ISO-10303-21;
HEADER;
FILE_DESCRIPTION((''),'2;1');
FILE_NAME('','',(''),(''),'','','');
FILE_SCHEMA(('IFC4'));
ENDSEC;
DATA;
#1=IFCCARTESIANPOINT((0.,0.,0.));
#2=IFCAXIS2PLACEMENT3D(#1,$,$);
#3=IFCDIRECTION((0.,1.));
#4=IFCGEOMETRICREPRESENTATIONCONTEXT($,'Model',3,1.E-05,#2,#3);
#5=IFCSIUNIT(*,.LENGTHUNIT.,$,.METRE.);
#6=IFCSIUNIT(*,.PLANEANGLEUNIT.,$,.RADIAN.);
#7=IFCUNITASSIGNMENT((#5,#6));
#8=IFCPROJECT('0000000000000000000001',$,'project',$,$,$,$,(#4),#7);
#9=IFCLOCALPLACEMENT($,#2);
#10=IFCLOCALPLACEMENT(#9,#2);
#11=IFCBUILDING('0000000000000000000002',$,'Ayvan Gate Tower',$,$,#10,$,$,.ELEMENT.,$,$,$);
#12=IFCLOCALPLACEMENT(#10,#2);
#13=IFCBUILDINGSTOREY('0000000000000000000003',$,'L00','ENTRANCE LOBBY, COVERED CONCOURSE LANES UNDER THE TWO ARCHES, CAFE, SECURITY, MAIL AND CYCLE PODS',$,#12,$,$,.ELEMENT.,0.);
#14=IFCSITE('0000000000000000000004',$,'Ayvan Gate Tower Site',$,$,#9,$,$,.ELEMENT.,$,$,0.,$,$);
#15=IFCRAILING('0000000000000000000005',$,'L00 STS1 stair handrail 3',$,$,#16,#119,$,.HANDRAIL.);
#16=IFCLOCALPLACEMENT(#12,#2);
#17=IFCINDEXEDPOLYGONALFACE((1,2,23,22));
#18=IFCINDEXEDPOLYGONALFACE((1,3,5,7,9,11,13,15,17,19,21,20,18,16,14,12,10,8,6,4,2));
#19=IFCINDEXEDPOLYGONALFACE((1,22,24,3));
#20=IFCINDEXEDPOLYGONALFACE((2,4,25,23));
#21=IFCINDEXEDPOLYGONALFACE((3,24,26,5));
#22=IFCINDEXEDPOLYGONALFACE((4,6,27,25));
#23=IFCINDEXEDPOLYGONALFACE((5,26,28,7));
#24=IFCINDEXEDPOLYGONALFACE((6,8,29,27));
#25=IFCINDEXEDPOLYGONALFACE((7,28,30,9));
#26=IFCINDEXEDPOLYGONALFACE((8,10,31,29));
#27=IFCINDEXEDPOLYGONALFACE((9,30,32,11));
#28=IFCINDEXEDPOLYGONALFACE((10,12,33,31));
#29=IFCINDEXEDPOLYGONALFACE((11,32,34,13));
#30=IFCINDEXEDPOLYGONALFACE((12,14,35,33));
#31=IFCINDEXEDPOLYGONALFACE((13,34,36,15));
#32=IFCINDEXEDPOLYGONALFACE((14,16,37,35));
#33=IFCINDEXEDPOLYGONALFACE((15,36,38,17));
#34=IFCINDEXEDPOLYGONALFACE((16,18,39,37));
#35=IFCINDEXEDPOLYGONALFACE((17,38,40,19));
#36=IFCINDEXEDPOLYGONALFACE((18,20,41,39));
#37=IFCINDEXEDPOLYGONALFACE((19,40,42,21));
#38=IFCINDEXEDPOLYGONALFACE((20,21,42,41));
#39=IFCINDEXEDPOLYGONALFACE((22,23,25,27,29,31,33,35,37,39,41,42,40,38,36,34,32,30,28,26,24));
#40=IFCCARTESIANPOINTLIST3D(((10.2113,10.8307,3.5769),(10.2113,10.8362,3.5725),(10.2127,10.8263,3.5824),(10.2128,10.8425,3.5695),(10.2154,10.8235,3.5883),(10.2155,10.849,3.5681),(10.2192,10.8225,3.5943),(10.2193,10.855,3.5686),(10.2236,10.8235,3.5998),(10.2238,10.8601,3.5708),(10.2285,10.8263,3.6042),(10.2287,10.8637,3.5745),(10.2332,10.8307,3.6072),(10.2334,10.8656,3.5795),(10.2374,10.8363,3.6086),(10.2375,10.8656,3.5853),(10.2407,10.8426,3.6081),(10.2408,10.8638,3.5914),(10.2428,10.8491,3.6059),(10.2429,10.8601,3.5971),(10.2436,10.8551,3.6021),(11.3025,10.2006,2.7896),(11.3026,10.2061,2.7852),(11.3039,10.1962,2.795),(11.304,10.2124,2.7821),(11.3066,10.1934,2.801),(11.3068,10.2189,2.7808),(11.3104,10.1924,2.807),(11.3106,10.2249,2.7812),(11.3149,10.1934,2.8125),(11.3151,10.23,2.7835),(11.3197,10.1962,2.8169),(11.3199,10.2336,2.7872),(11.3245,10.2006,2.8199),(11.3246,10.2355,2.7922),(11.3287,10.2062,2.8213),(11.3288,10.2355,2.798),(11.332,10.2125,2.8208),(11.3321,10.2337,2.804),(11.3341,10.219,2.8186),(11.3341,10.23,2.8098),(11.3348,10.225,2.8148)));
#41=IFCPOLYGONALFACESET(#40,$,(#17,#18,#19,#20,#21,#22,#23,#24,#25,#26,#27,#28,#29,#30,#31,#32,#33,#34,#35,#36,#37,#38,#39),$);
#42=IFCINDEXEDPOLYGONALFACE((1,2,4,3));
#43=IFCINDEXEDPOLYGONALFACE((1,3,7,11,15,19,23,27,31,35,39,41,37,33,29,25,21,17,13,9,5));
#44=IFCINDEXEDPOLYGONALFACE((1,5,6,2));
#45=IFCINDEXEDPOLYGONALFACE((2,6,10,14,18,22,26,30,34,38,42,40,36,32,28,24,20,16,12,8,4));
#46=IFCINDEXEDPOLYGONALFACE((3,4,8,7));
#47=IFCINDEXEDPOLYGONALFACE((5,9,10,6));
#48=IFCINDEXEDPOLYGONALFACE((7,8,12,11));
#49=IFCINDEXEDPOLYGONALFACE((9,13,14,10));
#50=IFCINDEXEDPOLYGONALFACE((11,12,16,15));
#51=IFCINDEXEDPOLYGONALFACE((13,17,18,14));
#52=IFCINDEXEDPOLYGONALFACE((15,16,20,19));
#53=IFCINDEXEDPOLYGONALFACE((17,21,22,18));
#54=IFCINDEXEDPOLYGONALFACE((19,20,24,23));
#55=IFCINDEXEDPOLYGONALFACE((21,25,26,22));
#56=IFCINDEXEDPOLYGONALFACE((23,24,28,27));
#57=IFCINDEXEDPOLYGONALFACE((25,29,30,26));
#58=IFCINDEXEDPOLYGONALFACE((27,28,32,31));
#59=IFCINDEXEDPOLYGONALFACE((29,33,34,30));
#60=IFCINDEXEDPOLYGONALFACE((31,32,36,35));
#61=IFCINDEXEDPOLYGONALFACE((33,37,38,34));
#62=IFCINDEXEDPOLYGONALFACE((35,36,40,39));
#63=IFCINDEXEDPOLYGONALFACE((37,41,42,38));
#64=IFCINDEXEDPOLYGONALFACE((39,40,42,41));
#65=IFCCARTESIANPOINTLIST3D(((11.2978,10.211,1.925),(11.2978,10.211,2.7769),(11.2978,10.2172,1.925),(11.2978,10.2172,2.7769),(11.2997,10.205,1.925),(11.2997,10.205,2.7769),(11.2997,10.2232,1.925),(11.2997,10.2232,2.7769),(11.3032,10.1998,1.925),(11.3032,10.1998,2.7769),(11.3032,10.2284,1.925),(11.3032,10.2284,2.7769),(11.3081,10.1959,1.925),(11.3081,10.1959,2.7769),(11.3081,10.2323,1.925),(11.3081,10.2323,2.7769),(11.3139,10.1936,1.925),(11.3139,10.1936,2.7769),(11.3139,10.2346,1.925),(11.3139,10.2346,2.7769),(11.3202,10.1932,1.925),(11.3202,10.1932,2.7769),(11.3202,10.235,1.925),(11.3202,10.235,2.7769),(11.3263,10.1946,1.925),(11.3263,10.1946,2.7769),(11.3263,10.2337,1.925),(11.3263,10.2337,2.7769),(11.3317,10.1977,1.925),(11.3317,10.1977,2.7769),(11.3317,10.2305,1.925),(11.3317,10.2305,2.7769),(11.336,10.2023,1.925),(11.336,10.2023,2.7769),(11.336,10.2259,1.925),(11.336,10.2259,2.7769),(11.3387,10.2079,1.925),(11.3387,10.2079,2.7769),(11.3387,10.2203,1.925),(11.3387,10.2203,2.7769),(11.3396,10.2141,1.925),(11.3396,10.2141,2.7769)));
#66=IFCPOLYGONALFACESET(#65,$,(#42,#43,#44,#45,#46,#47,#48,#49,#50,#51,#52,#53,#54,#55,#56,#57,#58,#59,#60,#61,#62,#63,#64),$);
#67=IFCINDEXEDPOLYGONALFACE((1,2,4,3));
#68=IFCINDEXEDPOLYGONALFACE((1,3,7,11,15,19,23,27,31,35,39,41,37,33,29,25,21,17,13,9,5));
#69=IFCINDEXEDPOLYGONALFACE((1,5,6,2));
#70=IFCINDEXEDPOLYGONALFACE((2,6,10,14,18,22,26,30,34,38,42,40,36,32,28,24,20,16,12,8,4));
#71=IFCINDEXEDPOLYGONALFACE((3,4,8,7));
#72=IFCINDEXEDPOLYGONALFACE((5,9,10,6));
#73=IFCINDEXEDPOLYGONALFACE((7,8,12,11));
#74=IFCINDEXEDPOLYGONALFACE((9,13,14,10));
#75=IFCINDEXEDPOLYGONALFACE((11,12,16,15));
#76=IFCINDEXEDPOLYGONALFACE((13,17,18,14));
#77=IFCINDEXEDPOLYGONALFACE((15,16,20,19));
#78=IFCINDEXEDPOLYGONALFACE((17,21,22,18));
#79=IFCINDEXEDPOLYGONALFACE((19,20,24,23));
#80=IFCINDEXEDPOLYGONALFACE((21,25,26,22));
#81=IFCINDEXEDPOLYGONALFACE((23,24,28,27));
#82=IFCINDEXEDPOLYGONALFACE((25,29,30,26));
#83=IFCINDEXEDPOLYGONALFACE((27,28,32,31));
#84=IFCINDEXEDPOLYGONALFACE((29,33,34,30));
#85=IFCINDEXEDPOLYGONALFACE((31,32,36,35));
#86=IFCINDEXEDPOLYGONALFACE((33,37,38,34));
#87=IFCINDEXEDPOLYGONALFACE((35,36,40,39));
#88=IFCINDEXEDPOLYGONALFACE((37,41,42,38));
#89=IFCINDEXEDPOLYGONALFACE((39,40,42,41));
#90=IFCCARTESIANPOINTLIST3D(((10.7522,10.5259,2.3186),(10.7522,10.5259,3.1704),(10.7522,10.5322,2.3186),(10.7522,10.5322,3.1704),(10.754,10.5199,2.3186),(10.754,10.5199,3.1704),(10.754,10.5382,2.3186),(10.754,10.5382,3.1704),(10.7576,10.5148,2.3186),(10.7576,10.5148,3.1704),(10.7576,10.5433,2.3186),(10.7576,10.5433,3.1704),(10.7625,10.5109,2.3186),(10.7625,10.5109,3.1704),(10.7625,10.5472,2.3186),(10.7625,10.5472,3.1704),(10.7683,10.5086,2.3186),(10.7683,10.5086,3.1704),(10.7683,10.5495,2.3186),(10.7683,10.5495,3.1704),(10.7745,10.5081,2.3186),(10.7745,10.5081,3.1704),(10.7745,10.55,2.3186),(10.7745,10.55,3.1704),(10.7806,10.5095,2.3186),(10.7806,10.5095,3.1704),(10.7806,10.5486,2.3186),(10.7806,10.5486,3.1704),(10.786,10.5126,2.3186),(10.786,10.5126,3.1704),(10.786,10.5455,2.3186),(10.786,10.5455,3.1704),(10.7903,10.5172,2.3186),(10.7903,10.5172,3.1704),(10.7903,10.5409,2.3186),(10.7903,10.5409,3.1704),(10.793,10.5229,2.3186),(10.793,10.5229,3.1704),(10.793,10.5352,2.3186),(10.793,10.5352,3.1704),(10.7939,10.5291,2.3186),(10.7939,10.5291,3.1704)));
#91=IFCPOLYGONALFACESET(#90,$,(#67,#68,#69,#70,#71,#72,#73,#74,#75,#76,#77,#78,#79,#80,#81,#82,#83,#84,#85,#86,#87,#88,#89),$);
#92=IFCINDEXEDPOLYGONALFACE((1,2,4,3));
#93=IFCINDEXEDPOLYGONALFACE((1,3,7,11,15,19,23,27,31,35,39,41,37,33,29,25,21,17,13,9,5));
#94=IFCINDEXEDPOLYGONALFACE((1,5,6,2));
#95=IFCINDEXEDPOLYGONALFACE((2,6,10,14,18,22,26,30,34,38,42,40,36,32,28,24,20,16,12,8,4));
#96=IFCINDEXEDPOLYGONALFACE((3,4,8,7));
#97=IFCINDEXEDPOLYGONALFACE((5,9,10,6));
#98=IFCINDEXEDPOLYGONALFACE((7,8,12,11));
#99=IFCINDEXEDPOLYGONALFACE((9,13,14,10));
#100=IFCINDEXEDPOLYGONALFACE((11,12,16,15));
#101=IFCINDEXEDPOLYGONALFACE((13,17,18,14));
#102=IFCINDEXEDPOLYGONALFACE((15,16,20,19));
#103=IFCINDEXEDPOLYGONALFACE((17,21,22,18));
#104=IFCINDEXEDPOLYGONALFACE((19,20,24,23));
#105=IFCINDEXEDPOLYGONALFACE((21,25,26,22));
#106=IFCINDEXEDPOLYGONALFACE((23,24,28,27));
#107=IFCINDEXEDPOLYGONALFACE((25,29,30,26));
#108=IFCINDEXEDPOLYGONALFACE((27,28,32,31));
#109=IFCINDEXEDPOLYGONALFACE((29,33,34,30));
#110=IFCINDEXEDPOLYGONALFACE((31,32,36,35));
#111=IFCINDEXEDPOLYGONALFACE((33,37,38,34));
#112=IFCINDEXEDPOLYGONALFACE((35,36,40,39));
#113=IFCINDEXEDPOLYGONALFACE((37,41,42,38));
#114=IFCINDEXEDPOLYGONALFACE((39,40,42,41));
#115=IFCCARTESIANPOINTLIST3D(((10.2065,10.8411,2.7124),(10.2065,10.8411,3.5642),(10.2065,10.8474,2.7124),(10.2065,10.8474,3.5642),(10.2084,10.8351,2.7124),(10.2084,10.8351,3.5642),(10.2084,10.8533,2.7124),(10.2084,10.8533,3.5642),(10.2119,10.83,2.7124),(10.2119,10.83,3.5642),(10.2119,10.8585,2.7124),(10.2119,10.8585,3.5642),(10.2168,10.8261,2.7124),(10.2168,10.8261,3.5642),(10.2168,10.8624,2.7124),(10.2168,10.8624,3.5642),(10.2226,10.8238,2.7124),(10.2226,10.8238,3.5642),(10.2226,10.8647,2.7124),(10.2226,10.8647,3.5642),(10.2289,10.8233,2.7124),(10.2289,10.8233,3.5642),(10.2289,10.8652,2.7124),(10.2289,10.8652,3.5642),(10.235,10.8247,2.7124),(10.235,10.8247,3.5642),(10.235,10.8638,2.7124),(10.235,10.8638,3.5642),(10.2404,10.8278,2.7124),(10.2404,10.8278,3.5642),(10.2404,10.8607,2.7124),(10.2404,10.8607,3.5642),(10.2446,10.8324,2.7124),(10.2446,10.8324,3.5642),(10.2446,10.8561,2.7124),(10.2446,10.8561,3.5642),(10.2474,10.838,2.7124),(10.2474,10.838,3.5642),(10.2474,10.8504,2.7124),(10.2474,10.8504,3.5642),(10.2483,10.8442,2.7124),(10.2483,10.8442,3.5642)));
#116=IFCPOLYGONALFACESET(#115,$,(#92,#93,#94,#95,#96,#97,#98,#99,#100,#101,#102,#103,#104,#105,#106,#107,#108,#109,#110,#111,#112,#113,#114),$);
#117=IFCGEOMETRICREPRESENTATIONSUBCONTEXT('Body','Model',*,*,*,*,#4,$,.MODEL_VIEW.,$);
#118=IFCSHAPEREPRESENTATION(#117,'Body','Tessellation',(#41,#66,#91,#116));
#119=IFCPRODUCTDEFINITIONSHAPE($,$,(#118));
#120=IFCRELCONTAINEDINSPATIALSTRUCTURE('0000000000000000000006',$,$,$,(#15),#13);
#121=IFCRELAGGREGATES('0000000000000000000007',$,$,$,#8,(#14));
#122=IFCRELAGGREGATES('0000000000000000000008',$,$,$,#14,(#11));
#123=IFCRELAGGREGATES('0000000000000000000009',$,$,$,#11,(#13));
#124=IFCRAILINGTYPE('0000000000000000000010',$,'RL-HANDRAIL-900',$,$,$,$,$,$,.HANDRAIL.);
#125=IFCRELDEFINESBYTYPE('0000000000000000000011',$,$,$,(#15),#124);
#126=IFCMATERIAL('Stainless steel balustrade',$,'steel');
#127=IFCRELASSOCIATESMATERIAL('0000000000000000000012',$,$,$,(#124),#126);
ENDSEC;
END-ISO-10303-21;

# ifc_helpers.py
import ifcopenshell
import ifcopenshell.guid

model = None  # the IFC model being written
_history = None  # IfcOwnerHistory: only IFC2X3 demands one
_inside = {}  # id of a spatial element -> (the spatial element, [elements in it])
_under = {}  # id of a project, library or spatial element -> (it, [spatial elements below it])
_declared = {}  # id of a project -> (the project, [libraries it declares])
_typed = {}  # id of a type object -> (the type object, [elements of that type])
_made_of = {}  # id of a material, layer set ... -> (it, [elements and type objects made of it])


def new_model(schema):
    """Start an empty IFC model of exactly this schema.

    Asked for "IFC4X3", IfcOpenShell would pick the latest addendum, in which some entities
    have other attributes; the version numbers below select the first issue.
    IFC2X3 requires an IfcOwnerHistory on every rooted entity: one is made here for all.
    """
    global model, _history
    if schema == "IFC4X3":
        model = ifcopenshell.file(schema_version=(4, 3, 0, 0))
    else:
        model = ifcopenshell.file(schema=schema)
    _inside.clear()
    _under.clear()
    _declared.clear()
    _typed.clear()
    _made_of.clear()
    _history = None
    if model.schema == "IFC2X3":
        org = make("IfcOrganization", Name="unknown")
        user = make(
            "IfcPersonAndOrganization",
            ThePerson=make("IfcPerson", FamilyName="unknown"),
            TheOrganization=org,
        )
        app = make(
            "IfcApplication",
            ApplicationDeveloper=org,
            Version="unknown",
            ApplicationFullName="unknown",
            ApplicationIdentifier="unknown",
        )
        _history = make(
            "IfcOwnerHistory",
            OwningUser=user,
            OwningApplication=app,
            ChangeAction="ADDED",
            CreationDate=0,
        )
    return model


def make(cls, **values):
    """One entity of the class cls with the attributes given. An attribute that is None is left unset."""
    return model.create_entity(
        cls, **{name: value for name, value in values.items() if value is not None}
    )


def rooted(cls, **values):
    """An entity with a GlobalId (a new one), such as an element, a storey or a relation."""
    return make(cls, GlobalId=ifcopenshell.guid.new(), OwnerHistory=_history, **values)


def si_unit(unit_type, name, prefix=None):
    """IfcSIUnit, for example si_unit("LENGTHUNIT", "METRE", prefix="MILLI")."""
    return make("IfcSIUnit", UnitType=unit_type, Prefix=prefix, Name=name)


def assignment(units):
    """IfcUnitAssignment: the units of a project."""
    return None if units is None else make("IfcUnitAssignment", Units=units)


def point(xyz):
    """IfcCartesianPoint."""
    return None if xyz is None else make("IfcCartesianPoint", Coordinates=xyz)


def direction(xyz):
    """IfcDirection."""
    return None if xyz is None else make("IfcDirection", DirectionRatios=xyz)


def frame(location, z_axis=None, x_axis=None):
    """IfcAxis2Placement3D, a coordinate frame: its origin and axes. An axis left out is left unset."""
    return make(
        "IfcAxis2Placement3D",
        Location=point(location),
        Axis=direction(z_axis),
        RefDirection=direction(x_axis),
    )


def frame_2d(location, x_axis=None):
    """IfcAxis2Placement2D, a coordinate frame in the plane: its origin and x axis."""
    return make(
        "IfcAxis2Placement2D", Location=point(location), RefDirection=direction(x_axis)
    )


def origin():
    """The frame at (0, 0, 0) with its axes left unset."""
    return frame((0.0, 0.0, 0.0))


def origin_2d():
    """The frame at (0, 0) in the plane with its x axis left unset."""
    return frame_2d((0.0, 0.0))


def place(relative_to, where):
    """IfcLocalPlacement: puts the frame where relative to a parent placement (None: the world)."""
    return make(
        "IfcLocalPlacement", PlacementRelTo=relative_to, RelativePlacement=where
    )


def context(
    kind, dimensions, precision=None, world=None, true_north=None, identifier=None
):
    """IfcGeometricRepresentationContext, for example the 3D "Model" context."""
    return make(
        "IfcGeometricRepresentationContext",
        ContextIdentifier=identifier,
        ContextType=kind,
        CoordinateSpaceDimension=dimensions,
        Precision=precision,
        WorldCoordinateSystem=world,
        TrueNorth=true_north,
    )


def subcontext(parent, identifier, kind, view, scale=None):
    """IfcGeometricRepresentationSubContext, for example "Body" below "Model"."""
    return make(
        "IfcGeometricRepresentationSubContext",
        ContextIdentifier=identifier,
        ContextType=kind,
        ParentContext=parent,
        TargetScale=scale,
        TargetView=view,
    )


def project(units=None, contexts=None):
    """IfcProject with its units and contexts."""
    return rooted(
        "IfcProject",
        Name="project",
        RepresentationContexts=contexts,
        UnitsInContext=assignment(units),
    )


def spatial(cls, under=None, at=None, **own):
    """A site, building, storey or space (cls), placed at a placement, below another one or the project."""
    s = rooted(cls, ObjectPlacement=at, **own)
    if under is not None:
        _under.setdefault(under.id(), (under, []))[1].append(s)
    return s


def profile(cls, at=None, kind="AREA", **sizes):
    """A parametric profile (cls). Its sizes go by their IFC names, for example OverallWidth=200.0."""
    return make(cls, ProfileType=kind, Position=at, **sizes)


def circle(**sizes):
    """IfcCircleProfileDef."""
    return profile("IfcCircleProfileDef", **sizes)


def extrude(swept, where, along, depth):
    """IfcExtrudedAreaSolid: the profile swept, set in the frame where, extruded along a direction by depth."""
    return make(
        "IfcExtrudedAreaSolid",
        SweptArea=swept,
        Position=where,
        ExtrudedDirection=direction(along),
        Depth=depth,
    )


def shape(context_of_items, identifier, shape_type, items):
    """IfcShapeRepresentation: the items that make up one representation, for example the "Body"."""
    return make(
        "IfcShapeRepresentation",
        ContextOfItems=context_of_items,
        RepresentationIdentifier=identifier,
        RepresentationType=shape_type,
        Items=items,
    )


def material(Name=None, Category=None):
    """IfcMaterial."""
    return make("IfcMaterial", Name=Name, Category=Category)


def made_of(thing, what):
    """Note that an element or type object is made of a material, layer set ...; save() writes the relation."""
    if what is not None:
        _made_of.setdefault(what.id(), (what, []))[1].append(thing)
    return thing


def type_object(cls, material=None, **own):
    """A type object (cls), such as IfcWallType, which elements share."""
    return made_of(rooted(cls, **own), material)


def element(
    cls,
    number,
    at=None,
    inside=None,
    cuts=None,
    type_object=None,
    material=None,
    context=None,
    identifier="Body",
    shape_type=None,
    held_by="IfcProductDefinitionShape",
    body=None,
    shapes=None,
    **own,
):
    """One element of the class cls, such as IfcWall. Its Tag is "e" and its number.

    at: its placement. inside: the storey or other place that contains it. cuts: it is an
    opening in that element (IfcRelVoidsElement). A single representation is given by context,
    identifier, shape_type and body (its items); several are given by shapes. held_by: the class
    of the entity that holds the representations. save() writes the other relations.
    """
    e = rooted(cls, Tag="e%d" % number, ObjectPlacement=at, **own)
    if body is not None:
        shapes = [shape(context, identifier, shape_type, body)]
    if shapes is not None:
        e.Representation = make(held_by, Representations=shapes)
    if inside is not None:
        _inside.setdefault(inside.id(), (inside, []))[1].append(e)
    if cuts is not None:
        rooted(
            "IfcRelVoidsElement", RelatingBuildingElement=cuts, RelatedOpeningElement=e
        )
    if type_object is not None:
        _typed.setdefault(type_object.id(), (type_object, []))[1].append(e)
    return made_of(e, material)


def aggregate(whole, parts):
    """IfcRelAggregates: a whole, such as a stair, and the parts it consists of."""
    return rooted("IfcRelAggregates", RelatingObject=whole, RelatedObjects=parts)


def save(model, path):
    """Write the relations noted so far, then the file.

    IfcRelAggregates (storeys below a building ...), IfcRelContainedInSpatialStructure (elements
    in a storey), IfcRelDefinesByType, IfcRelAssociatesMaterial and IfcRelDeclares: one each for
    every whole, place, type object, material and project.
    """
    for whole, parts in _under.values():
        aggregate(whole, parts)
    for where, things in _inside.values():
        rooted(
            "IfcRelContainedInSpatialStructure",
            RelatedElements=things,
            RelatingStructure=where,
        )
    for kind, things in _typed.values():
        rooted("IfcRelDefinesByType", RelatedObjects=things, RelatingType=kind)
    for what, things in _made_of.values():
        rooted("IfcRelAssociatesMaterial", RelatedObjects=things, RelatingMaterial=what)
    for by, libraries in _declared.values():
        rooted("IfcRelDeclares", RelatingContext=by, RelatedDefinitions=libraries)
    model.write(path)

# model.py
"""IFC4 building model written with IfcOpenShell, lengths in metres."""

from ifc_helpers import new_model, si_unit, direction, frame, origin, origin_2d, place, context, subcontext, project, spatial, circle, extrude, material, type_object, element, save


model = new_model("IFC4")

# Units and contexts
model_context = context("Model", 3, precision=1e-05, world=origin(), true_north=direction((0.0, 1.0)))
body_context = subcontext(model_context, "Body", "Model", "MODEL_VIEW")
ifc_project = project(units=[si_unit("LENGTHUNIT", "METRE"), si_unit("PLANEANGLEUNIT", "RADIAN")], contexts=[model_context])

# Site, building, storey
site_placement = place(None, origin())
site = spatial("IfcSite", under=ifc_project, at=site_placement, Name="Ayvan Gate Tower Site", CompositionType="ELEMENT", RefElevation=0.0)
building_placement = place(site_placement, origin())
building = spatial("IfcBuilding", under=site, at=building_placement, Name="Ayvan Gate Tower", CompositionType="ELEMENT")
storey_placement = place(building_placement, origin())
storey = spatial("IfcBuildingStorey", under=building, at=storey_placement, Name="L00", Description="ENTRANCE LOBBY, COVERED CONCOURSE LANES UNDER THE TWO ARCHES, CAFE, SECURITY, MAIL AND CYCLE PODS", CompositionType="ELEMENT", Elevation=0.0)

# Railing
ifc_material_1 = material(Name="Stainless steel balustrade", Category="steel")
railing_type_1 = type_object("IfcRailingType", Name="RL-HANDRAIL-900", PredefinedType="HANDRAIL", material=ifc_material_1)
railing_1_placement = place(storey_placement, frame((11.3186, 10.2141, 1.925)))
element("IfcRailing", 1, at=railing_1_placement, inside=storey, type_object=railing_type_1, Name="L00 STS1 stair handrail 3", PredefinedType="HANDRAIL", context=body_context, shape_type="SweptSolid", body=[
    extrude(circle(Radius=0.0239, at=origin_2d()), frame((0.0, 0.0, 0.876), z_axis=(-0.734436, 0.424067, 0.529878), x_axis=(-0.500035, -0.866005, 0.0)), (0.0, 0.0, 1.0), 1.4858),
    extrude(circle(Radius=0.021, at=origin_2d()), origin(), (0.0, 0.0, 1.0), 0.8518),
    extrude(circle(Radius=0.021, at=origin_2d()), frame((-0.5457, 0.3149, 0.3936)), (0.0, 0.0, 1.0), 0.8518),
    extrude(circle(Radius=0.021, at=origin_2d()), frame((-1.0913, 0.6301, 0.7874)), (0.0, 0.0, 1.0), 0.8518),
])

save(model, "model.ifc")
